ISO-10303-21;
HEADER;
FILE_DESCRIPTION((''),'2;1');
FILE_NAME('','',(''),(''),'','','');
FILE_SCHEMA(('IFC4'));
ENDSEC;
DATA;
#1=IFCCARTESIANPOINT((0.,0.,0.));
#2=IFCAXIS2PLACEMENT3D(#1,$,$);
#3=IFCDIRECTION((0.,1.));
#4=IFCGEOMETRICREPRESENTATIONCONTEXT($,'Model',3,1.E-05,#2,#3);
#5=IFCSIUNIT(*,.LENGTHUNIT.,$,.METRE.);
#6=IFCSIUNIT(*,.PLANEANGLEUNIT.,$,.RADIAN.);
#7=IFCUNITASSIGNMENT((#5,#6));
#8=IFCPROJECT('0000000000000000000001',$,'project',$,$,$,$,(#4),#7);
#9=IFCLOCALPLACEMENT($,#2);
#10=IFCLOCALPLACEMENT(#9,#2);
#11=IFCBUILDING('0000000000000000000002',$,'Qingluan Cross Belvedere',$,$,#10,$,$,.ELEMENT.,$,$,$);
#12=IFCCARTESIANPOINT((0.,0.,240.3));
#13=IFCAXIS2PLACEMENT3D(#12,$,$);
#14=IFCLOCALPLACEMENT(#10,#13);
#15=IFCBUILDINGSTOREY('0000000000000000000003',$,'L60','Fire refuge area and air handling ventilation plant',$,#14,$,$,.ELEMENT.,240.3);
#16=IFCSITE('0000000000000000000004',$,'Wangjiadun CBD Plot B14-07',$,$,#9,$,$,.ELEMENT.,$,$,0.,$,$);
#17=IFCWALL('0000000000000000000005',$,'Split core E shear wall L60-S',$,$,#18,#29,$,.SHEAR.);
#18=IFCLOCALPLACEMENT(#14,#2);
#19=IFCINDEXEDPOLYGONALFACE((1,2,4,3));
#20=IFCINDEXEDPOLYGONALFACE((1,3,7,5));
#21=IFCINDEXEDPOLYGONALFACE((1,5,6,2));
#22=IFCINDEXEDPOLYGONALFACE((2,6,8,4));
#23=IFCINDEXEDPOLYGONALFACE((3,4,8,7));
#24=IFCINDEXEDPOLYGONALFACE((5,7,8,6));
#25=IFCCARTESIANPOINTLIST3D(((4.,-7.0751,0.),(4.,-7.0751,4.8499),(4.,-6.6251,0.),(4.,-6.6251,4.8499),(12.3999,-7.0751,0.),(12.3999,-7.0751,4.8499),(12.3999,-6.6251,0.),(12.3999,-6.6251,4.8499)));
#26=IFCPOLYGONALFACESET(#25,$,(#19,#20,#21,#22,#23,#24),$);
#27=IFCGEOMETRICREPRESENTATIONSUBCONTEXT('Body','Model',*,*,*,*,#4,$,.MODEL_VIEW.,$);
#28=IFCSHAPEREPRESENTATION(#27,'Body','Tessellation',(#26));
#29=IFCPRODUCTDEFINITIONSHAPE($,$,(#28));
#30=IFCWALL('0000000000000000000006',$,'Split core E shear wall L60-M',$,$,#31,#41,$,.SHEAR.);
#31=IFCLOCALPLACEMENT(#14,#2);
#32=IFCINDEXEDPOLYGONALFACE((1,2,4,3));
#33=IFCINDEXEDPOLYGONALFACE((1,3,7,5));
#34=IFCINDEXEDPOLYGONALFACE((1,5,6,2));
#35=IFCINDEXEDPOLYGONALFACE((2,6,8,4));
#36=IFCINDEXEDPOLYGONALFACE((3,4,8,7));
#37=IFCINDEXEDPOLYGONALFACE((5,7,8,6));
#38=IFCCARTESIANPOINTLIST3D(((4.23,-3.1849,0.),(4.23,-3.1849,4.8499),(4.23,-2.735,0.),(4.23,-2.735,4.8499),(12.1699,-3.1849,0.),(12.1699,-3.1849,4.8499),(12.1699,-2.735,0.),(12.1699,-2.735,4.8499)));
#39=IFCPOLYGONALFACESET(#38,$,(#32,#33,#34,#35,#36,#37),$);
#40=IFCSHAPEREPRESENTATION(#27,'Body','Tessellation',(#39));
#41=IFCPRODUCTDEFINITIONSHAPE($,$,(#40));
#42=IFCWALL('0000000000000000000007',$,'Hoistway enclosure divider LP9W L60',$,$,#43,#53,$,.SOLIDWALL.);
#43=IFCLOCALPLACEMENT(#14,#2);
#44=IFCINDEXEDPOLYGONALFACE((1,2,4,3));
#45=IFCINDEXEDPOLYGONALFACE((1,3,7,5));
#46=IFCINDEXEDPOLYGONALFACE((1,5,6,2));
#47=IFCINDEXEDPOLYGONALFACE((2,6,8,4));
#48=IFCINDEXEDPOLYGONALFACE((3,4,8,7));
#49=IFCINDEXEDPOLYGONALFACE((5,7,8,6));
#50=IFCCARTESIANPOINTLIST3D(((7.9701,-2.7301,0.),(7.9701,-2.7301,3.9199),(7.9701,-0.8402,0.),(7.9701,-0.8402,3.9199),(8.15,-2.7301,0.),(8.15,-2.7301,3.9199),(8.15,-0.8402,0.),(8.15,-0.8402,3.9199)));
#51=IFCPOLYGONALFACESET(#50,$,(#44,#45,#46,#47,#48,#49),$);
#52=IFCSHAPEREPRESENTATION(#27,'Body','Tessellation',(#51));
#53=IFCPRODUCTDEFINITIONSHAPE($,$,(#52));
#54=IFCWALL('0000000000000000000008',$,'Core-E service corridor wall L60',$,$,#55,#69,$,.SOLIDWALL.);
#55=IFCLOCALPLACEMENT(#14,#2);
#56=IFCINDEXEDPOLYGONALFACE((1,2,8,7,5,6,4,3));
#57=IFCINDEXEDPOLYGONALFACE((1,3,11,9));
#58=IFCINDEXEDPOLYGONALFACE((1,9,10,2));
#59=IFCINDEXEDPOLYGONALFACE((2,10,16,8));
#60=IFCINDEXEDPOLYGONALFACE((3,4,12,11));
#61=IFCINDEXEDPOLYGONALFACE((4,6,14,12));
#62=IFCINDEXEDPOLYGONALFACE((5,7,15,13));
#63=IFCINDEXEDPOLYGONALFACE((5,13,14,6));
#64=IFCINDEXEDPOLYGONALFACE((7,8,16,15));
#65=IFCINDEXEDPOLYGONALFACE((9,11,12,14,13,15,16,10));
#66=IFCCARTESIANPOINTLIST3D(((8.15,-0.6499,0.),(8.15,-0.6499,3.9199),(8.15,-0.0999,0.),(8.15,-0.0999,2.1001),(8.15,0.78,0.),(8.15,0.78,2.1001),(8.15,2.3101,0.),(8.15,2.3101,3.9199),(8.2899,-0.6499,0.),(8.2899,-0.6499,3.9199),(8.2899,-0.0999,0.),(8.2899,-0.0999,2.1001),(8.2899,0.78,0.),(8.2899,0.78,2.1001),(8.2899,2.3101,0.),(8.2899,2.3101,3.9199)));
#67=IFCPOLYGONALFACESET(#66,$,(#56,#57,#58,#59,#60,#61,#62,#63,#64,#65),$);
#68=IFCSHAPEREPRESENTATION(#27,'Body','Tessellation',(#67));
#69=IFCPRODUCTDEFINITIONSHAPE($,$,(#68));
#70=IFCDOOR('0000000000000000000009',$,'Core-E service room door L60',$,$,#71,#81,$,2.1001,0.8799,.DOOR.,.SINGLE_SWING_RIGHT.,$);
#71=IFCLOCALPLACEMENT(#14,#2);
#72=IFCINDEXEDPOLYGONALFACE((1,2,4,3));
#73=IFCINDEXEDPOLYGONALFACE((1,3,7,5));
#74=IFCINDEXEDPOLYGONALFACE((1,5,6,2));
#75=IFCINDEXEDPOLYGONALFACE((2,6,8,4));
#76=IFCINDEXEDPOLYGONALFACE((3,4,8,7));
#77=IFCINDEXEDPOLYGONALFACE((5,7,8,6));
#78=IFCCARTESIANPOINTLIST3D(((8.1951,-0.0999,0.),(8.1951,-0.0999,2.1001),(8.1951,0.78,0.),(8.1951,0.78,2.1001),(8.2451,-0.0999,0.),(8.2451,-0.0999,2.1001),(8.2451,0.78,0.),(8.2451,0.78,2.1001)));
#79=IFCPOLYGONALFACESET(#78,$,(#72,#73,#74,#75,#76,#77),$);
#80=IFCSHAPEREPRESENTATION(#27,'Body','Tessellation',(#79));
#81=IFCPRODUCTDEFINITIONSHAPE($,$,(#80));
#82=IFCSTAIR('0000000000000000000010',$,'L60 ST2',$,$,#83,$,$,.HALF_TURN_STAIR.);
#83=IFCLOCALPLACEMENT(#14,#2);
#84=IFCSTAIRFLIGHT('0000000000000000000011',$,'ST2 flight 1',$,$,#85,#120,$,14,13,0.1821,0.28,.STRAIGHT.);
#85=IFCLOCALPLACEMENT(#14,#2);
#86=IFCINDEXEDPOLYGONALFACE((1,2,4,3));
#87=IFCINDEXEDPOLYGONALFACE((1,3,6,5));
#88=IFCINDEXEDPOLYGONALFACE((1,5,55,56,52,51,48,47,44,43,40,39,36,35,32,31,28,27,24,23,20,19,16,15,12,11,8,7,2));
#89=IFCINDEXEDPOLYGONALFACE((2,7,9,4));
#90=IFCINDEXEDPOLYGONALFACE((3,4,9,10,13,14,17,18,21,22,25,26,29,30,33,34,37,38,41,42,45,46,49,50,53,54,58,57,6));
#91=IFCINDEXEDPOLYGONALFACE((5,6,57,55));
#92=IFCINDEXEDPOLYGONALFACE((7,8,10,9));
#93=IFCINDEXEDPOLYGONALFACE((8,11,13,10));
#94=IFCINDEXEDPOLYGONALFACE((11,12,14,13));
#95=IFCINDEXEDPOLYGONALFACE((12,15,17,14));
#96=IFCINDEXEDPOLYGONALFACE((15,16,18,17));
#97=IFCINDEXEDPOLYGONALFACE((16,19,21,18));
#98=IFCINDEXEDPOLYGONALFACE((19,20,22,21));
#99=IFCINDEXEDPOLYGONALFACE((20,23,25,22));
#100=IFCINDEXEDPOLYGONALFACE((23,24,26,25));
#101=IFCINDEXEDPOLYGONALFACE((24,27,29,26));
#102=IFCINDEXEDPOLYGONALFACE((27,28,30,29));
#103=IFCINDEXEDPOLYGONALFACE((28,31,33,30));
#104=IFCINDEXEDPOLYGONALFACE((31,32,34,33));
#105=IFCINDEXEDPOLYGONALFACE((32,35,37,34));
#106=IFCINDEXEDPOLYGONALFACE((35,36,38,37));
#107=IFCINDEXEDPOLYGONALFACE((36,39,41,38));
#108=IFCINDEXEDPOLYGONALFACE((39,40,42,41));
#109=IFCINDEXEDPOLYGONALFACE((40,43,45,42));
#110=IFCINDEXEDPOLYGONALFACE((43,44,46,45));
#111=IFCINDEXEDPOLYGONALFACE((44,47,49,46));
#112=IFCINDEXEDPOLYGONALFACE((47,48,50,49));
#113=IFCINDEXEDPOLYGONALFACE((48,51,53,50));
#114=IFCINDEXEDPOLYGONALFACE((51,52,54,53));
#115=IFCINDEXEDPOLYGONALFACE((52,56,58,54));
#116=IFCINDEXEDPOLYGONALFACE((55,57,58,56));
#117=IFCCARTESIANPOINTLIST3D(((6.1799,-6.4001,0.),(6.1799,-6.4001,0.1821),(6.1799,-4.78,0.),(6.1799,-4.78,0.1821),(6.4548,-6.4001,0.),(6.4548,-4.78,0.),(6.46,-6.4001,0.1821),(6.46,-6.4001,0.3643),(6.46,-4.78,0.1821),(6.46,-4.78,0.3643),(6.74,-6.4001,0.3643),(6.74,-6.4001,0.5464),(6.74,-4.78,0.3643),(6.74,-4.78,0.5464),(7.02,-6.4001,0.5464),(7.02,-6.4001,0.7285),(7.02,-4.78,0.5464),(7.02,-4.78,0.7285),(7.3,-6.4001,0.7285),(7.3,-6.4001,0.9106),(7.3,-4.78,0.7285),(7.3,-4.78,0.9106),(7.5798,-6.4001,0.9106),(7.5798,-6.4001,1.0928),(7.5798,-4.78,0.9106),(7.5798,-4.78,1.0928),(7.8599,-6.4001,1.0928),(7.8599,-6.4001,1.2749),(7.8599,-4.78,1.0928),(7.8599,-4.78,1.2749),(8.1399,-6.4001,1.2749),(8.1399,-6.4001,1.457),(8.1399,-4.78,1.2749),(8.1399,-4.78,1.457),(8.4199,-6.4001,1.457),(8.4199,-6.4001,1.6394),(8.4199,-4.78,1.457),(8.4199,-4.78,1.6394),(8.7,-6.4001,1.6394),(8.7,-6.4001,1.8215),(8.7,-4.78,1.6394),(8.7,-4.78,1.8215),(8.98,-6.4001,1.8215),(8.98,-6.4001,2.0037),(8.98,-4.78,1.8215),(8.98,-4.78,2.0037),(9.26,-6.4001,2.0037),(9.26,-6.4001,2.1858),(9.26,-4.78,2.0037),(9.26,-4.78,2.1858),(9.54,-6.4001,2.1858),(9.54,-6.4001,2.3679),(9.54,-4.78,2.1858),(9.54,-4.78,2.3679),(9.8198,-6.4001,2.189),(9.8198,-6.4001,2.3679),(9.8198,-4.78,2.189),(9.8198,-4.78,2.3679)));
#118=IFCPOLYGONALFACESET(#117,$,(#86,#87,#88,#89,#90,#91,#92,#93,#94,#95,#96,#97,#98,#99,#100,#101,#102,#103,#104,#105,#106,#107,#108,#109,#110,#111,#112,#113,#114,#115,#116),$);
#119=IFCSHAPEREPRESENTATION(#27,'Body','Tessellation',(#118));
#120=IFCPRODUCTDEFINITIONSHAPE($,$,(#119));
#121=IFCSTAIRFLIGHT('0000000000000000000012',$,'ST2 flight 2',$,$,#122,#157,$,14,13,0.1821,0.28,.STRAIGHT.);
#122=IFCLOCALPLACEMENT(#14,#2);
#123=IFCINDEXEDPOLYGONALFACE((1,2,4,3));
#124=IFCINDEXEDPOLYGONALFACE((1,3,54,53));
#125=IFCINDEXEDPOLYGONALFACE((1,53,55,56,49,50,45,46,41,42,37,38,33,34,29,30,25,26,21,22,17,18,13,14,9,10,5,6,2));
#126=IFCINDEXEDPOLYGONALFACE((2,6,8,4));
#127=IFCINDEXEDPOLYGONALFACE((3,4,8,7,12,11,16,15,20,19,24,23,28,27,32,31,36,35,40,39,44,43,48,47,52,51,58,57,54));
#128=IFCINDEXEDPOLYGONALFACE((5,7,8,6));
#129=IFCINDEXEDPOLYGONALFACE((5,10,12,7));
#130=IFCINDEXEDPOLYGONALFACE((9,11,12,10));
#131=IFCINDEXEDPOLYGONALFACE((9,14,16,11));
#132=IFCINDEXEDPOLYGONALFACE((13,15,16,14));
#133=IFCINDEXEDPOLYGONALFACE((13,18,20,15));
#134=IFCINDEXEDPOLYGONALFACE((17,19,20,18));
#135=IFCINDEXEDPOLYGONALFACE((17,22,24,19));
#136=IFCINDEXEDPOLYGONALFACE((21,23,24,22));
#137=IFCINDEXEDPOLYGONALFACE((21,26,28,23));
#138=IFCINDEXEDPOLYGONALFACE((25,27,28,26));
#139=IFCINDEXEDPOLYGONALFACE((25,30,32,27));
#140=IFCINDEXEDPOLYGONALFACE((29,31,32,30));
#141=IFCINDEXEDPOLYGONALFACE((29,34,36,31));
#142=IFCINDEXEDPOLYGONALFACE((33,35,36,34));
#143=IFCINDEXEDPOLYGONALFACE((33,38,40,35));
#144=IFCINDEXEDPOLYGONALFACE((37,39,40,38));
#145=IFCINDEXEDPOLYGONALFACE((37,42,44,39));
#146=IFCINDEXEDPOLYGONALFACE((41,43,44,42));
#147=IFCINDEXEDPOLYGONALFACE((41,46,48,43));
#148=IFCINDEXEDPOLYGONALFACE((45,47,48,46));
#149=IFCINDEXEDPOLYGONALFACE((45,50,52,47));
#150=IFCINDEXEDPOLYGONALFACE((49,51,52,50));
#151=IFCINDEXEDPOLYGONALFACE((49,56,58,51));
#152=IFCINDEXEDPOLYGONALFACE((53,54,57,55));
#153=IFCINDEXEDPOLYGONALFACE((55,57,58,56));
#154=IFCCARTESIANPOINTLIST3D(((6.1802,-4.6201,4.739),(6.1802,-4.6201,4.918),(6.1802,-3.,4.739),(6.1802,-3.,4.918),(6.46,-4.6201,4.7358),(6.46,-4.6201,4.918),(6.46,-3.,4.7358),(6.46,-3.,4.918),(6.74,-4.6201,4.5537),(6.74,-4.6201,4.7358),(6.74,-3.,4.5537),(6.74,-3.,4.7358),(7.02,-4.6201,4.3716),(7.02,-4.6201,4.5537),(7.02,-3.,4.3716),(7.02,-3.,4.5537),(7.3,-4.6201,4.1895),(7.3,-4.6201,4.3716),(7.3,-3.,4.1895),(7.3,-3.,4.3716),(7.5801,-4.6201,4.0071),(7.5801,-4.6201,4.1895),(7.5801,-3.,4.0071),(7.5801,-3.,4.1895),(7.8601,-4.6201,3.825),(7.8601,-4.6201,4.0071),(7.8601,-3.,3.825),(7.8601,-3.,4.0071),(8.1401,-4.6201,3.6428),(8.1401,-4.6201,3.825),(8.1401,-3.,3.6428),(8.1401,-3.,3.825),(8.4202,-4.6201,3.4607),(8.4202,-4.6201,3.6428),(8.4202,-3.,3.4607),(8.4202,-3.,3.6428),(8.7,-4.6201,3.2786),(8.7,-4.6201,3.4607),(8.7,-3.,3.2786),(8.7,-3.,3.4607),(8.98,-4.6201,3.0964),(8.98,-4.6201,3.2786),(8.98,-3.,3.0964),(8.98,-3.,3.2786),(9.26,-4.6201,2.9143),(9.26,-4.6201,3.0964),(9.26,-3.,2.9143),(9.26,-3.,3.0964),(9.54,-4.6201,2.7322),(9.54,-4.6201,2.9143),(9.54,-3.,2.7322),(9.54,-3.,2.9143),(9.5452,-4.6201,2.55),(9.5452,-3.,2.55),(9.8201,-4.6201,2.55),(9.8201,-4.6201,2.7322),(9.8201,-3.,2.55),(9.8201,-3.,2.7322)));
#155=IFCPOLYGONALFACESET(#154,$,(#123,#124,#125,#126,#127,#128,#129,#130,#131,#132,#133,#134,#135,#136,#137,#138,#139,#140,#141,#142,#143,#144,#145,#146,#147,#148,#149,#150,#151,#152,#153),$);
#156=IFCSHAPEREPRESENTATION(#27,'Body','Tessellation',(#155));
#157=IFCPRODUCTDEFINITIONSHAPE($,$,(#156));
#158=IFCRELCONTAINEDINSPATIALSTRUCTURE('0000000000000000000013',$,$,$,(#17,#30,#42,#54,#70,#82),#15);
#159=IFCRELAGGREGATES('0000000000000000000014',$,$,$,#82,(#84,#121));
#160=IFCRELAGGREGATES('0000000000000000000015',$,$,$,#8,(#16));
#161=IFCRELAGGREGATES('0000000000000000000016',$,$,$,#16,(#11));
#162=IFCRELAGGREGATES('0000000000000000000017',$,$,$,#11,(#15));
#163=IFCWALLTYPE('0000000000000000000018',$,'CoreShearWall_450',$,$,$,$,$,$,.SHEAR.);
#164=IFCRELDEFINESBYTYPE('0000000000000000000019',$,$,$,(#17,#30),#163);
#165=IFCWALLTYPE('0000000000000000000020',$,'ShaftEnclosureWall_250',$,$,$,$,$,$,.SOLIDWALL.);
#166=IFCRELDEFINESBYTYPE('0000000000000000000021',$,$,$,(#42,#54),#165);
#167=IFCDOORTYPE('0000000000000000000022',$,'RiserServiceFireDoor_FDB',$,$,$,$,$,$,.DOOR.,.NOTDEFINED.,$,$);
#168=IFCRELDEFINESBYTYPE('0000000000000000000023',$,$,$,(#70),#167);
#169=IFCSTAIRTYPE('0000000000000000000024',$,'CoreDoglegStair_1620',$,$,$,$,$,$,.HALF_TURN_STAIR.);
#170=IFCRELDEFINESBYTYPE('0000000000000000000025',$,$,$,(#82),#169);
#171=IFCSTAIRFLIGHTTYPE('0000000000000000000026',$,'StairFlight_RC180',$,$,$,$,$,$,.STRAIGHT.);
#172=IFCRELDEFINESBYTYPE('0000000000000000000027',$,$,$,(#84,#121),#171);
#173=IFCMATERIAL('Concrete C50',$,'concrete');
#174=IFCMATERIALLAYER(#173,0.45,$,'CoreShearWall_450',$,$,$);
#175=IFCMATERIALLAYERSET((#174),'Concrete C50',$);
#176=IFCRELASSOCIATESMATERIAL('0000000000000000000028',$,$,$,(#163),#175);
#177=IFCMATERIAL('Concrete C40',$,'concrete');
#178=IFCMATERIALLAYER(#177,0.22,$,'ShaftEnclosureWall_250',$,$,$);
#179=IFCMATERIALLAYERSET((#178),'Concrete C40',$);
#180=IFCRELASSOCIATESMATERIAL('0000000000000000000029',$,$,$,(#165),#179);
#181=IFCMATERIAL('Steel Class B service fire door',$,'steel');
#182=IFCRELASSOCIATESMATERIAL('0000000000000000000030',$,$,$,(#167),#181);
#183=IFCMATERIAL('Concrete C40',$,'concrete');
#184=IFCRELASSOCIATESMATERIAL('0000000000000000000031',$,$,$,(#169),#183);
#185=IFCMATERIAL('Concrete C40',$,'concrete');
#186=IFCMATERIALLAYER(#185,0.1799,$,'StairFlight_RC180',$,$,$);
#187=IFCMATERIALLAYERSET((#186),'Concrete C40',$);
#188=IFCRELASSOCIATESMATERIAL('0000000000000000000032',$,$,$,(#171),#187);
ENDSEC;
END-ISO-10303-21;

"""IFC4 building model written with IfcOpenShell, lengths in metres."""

from ifc_helpers import new_model, si_unit, direction, frame, frame_2d, origin, place, context, subcontext, project, spatial, polyline, rectangle, outline, extrude, material, layer, layer_set, type_object, element, fill, aggregate, save


model = new_model("IFC4")

# Units and contexts
model_context = context("Model", 3, precision=1e-05, world=origin(), true_north=direction((0.0, 1.0)))
body_context = subcontext(model_context, "Body", "Model", "MODEL_VIEW")
ifc_project = project(units=[si_unit("LENGTHUNIT", "METRE"), si_unit("PLANEANGLEUNIT", "RADIAN")], contexts=[model_context])

# Site, building, storey
site_placement = place(None, origin())
site = spatial("IfcSite", under=ifc_project, at=site_placement, Name="Wangjiadun CBD Plot B14-07", CompositionType="ELEMENT", RefElevation=0.0)
building_placement = place(site_placement, origin())
building = spatial("IfcBuilding", under=site, at=building_placement, Name="Qingluan Cross Belvedere", CompositionType="ELEMENT")
storey_placement = place(building_placement, frame((0.0, 0.0, 240.3)))
storey = spatial("IfcBuildingStorey", under=building, at=storey_placement, Name="L60", Description="Fire refuge area and air handling ventilation plant", CompositionType="ELEMENT", Elevation=240.3)

# Wall
ifc_material_1 = material(Name="Concrete C50", Category="concrete")
ifc_layer_1 = layer(ifc_material_1, 0.45, Name="CoreShearWall_450")
ifc_layer_set_1 = layer_set([ifc_layer_1], Name="Concrete C50")
wall_type_1 = type_object("IfcWallType", Name="CoreShearWall_450", PredefinedType="SHEAR", material=ifc_layer_set_1)
wall_1_placement = place(storey_placement, frame((4.0, -6.8501, 0.0), z_axis=(0.0, 0.0, 1.0), x_axis=(1.0, 0.0, 0.0)))
element("IfcWall", 1, at=wall_1_placement, inside=storey, type_object=wall_type_1, Name="Split core E shear wall L60-S", PredefinedType="SHEAR", context=body_context, shape_type="SweptSolid", body=[
    extrude(rectangle(XDim=8.3999, YDim=0.45, at=frame_2d((4.2, 0.0))), origin(), (0.0, 0.0, 1.0), 4.8499),
])

# Wall
wall_2_placement = place(storey_placement, frame((4.23, -2.96, 0.0), z_axis=(0.0, 0.0, 1.0), x_axis=(1.0, 0.0, 0.0)))
element("IfcWall", 2, at=wall_2_placement, inside=storey, type_object=wall_type_1, Name="Split core E shear wall L60-M", PredefinedType="SHEAR", context=body_context, shape_type="SweptSolid", body=[
    extrude(rectangle(XDim=7.9399, YDim=0.45, at=frame_2d((3.97, 0.0))), origin(), (0.0, 0.0, 1.0), 4.8499),
])

# Shared definitions
ifc_material_2 = material(Name="Concrete C40", Category="concrete")
ifc_layer_2 = layer(ifc_material_2, 0.22, Name="ShaftEnclosureWall_250")
ifc_layer_set_2 = layer_set([ifc_layer_2], Name="Concrete C40")
wall_type_2 = type_object("IfcWallType", Name="ShaftEnclosureWall_250", PredefinedType="SOLIDWALL", material=ifc_layer_set_2)
ifc_material_3 = material(Name="Steel Class B service fire door", Category="steel")
door_type_1 = type_object("IfcDoorType", Name="RiserServiceFireDoor_FDB", OperationType="NOTDEFINED", PredefinedType="DOOR", material=ifc_material_3)

# Wall
wall_3_placement = place(storey_placement, frame((8.0601, -2.73, 0.0), z_axis=(0.0, 0.0, 1.0), x_axis=(0.0, 1.0, 0.0)))
element("IfcWall", 3, at=wall_3_placement, inside=storey, type_object=wall_type_2, Name="Hoistway enclosure divider LP9W L60", PredefinedType="SOLIDWALL", context=body_context, shape_type="SweptSolid", body=[
    extrude(rectangle(XDim=1.8899, YDim=0.1799, at=frame_2d((0.9448, 0.0))), origin(), (0.0, 0.0, 1.0), 3.9199),
])

# Wall, opening, door
wall_4_placement = place(storey_placement, frame((8.22, -0.6499, 0.0), z_axis=(0.0, 0.0, 1.0), x_axis=(0.0, 1.0, 0.0)))
wall_4 = element("IfcWall", 4, at=wall_4_placement, inside=storey, type_object=wall_type_2, Name="Core-E service corridor wall L60", PredefinedType="SOLIDWALL", context=body_context, shape_type="SweptSolid", body=[
    extrude(rectangle(XDim=2.96, YDim=0.1399, at=frame_2d((1.48, 0.0))), origin(), (0.0, 0.0, 1.0), 3.9199),
])
opening_1_placement = place(wall_4_placement, frame((0.55, 0.0, 0.0)))
opening_1 = element("IfcOpeningElement", 5, at=opening_1_placement, cuts=wall_4, PredefinedType="OPENING", context=body_context, shape_type="SweptSolid", body=[
    extrude(rectangle(XDim=0.8799, YDim=2.1001, at=frame_2d((0.4399, 1.05))), frame((0.0, 0.0798, 0.0), z_axis=(0.0, -1.0, 0.0), x_axis=(1.0, 0.0, 0.0)), (0.0, 0.0, 1.0), 0.1599),
])
door_1_placement = place(opening_1_placement, origin())
door_1 = element("IfcDoor", 6, at=door_1_placement, inside=storey, type_object=door_type_1, Name="Core-E service room door L60", OperationType="SINGLE_SWING_RIGHT", OverallHeight=2.1001, OverallWidth=0.8799, PredefinedType="DOOR", context=body_context, shape_type="SweptSolid", body=[
    extrude(rectangle(XDim=0.8799, YDim=2.1001, at=frame_2d((0.4399, 1.05))), frame((0.0, 0.0249, 0.0), z_axis=(0.0, -1.0, 0.0), x_axis=(1.0, 0.0, 0.0)), (0.0, 0.0, 1.0), 0.05),
])
fill(opening_1, door_1)

# Stair, stair flights
ifc_material_4 = material(Name="Concrete C40", Category="concrete")
stair_type = type_object("IfcStairType", Name="CoreDoglegStair_1620", PredefinedType="HALF_TURN_STAIR", material=ifc_material_4)
stair_placement = place(storey_placement, origin())
stair = element("IfcStair", 7, at=stair_placement, inside=storey, type_object=stair_type, Name="L60 ST2", PredefinedType="HALF_TURN_STAIR")
ifc_material_5 = material(Name="Concrete C40", Category="concrete")
ifc_layer_3 = layer(ifc_material_5, 0.1799, Name="StairFlight_RC180")
ifc_layer_set_3 = layer_set([ifc_layer_3], Name="Concrete C40")
stair_flight_type = type_object("IfcStairFlightType", Name="StairFlight_RC180", PredefinedType="STRAIGHT", material=ifc_layer_set_3)
stair_flight_1_placement = place(storey_placement, frame((6.1799, -5.5901, 0.0), z_axis=(0.0, 0.0, 1.0), x_axis=(1.0, 0.0, 0.0)))
stair_flight_1 = element("IfcStairFlight", 8, at=stair_flight_1_placement, type_object=stair_flight_type, Name="ST2 flight 1", NumberOfRisers=14, NumberOfTreads=13, PredefinedType="STRAIGHT", RiserHeight=0.1821, TreadLength=0.28, context=body_context, shape_type="SweptSolid", body=[
    extrude(outline(polyline([(0.0, 0.0), (0.0, 0.1821), (0.28, 0.1821), (0.28, 0.3643), (0.5601, 0.3643), (0.5601, 0.5464), (0.8401, 0.5464), (0.8401, 0.7285), (1.1201, 0.7285), (1.1201, 0.9106), (1.3999, 0.9106), (1.3999, 1.0928), (1.6799, 1.0928), (1.6799, 1.2749), (1.96, 1.2749), (1.96, 1.457), (2.24, 1.457), (2.24, 1.6394), (2.52, 1.6394), (2.52, 1.8215), (2.8, 1.8215), (2.8, 2.0037), (3.0801, 2.0037), (3.0801, 2.1858), (3.3601, 2.1858), (3.3601, 2.3679), (3.6399, 2.3679), (3.6399, 2.55), (3.6399, 2.189), (0.2749, 0.0), (0.0, 0.0)])), frame((0.0, 0.8101, 0.0), z_axis=(0.0, -1.0, 0.0), x_axis=(1.0, 0.0, 0.0)), (0.0, 0.0, 1.0), 1.6201),
])
stair_flight_2_placement = place(storey_placement, frame((9.8201, -3.8101, 2.55), z_axis=(0.0, 0.0, 1.0), x_axis=(-1.0, 0.0, 0.0)))
stair_flight_2 = element("IfcStairFlight", 9, at=stair_flight_2_placement, type_object=stair_flight_type, Name="ST2 flight 2", NumberOfRisers=14, NumberOfTreads=13, PredefinedType="STRAIGHT", RiserHeight=0.1821, TreadLength=0.28, context=body_context, shape_type="SweptSolid", body=[
    extrude(outline(polyline([(0.0, 0.0), (0.0, 0.1821), (0.28, 0.1821), (0.28, 0.3643), (0.5601, 0.3643), (0.5601, 0.5464), (0.8401, 0.5464), (0.8401, 0.7285), (1.1201, 0.7285), (1.1201, 0.9106), (1.3999, 0.9106), (1.3999, 1.0928), (1.6799, 1.0928), (1.6799, 1.2749), (1.96, 1.2749), (1.96, 1.457), (2.24, 1.457), (2.24, 1.6394), (2.52, 1.6394), (2.52, 1.8215), (2.8, 1.8215), (2.8, 2.0037), (3.0801, 2.0037), (3.0801, 2.1858), (3.3601, 2.1858), (3.3601, 2.3679), (3.6399, 2.3679), (3.6399, 2.55), (3.6399, 2.189), (0.2749, 0.0), (0.0, 0.0)])), frame((0.0, 0.8101, 0.0), z_axis=(0.0, -1.0, 0.0), x_axis=(1.0, 0.0, 0.0)), (0.0, 0.0, 1.0), 1.6201),
])
aggregate(stair, [stair_flight_1, stair_flight_2])

save(model, "model.ifc")
